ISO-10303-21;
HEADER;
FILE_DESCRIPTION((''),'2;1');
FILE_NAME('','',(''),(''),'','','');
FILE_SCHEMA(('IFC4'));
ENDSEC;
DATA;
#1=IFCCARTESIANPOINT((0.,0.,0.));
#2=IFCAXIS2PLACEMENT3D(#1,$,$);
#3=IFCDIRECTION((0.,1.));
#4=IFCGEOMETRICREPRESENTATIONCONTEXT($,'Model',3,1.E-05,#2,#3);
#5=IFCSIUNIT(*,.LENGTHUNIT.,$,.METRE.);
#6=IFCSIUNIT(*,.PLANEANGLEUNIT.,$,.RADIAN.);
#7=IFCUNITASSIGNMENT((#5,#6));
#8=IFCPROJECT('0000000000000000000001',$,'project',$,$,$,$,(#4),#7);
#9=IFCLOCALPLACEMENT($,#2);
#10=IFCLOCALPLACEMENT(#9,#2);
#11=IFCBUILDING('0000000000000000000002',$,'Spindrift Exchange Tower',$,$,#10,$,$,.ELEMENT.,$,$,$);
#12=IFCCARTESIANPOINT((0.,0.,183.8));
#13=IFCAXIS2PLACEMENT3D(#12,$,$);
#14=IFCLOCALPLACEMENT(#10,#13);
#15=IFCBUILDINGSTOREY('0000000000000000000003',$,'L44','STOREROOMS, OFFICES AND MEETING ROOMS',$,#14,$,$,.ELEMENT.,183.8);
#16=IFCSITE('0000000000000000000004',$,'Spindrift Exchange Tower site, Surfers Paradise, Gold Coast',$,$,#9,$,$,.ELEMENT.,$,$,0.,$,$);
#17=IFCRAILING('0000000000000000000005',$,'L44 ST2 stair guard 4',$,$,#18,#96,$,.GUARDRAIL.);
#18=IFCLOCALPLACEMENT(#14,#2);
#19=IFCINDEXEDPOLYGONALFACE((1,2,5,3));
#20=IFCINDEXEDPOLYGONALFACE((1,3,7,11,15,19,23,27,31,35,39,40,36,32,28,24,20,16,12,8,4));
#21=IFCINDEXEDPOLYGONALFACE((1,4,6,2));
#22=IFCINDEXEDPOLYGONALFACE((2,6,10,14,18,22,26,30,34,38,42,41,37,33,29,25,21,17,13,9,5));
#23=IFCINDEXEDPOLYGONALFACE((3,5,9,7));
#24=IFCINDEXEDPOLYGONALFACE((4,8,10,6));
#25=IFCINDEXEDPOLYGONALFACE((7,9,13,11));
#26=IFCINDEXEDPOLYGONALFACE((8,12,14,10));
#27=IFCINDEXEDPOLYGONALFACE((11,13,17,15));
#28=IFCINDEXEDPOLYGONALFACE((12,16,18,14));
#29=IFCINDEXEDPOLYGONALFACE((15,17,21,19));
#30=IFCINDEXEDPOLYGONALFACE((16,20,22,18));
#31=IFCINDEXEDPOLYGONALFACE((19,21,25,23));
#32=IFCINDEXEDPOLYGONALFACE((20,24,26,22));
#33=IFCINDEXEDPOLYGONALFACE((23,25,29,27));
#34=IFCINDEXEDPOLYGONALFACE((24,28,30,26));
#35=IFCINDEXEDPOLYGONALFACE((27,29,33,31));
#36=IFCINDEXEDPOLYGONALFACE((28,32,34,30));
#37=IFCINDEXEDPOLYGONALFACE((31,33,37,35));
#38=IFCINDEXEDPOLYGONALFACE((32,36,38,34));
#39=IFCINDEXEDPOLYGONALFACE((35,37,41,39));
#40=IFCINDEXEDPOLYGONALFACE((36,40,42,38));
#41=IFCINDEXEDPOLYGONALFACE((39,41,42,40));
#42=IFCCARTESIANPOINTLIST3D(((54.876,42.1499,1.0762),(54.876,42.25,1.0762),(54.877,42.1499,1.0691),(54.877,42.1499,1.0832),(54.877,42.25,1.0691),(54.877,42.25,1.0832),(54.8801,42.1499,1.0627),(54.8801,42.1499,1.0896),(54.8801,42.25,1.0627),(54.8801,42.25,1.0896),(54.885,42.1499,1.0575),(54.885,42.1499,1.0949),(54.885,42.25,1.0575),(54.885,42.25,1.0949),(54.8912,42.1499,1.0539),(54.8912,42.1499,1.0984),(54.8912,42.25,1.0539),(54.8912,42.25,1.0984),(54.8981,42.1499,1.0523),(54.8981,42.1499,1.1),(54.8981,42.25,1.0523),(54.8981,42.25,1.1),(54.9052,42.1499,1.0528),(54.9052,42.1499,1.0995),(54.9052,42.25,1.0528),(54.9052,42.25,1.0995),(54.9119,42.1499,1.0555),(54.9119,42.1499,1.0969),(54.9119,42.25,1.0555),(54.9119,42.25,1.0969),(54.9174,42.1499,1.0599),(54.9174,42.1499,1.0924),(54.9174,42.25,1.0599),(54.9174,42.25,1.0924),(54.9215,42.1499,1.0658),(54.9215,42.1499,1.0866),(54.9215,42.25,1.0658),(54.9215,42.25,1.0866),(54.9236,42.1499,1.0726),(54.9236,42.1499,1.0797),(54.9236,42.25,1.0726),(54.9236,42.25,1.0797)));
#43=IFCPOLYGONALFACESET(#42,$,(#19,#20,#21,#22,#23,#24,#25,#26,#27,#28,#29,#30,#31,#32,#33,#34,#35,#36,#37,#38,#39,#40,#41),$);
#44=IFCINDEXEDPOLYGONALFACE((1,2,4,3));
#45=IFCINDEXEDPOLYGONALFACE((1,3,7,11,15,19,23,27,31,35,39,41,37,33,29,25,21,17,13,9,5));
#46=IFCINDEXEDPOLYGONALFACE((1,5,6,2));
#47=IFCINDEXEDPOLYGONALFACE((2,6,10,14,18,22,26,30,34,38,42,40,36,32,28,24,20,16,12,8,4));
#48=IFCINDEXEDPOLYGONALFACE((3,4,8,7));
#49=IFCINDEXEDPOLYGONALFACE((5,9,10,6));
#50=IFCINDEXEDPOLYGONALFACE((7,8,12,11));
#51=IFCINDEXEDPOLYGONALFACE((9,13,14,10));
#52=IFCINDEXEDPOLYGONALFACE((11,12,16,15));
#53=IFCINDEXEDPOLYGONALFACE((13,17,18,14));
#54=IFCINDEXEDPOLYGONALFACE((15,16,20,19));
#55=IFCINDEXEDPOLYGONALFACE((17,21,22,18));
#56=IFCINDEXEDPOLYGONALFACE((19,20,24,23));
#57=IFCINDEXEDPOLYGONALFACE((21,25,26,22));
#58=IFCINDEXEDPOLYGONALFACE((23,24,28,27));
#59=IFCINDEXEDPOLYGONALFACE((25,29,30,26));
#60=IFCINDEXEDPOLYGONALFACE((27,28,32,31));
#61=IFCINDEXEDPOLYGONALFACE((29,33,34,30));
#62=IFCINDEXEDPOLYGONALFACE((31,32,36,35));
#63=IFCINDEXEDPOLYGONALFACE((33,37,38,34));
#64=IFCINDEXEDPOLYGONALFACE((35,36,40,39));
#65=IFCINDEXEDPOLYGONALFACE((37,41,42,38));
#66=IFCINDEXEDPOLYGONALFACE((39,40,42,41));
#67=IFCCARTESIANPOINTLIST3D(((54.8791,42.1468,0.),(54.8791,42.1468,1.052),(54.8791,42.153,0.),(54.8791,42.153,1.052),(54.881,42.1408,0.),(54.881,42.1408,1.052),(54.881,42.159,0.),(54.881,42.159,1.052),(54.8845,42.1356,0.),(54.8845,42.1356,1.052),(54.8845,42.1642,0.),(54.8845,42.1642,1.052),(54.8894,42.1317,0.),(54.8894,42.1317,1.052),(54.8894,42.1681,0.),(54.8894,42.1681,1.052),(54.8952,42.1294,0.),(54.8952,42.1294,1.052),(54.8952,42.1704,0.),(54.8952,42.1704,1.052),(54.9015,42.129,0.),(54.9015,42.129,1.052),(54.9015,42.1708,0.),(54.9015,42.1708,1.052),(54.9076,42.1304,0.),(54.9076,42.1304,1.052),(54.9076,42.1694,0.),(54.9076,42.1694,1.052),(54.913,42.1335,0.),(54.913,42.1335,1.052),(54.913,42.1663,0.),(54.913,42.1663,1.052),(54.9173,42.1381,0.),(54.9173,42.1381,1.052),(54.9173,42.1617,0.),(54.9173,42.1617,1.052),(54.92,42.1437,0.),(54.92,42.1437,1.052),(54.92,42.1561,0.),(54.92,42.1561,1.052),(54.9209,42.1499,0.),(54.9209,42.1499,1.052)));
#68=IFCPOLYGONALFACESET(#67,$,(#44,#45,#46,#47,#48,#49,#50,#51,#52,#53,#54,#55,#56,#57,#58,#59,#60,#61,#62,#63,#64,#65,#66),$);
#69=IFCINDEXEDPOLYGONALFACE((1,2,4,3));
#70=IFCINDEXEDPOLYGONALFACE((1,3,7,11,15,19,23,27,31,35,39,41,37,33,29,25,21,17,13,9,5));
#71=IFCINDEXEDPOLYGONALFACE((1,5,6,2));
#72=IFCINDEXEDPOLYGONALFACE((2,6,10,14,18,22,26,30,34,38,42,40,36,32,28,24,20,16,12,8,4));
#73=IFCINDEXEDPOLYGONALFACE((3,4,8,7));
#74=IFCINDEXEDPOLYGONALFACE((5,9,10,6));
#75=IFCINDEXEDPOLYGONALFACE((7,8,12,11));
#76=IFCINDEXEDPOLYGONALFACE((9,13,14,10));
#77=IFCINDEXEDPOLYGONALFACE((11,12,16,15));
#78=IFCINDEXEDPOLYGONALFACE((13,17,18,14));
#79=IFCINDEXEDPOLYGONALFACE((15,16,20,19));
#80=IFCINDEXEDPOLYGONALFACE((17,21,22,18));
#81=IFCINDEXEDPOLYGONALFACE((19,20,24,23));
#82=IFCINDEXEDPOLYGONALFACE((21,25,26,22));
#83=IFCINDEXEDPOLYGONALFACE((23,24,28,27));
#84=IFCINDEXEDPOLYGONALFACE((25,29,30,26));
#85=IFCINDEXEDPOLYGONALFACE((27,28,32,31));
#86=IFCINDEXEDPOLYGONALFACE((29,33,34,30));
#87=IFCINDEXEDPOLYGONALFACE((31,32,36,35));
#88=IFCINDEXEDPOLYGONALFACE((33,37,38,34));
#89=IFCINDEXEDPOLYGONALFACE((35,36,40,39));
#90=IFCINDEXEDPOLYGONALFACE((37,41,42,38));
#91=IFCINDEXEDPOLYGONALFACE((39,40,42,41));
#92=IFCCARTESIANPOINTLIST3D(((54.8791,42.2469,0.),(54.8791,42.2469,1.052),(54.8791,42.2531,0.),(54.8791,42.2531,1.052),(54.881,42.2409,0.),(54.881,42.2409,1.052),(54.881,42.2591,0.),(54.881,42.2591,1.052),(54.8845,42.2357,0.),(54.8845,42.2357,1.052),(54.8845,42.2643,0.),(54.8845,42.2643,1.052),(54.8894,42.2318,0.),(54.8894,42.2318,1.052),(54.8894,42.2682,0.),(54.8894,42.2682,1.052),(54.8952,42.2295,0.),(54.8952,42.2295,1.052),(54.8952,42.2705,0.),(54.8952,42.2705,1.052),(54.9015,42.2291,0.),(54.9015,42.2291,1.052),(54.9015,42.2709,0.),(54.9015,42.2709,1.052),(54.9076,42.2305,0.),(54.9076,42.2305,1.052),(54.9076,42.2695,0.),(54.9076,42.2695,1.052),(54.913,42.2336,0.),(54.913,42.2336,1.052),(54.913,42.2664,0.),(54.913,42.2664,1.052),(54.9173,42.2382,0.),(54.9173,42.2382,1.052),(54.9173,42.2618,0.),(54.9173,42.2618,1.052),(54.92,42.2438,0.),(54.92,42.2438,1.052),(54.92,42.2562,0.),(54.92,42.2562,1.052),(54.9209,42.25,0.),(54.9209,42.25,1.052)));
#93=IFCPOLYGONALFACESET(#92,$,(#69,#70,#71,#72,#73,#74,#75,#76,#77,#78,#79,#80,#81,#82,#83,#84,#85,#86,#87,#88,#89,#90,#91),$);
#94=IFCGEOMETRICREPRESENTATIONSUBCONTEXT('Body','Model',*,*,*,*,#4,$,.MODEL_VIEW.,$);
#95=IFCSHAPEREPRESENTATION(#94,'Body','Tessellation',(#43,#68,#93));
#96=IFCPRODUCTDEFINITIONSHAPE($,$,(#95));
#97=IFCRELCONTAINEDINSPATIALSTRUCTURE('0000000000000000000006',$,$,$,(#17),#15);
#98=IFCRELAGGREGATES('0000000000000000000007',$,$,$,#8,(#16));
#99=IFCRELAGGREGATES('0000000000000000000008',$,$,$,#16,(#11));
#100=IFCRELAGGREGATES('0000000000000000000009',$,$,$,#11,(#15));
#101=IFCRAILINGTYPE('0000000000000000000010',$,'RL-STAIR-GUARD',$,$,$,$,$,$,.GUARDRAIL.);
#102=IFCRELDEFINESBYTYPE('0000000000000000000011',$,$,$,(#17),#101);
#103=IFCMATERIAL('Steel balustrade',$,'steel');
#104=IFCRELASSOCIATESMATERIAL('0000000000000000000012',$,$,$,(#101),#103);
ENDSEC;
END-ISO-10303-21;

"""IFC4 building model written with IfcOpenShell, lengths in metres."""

from ifc_helpers import new_model, si_unit, direction, frame, origin, origin_2d, place, context, subcontext, project, spatial, circle, extrude, material, type_object, element, save


model = new_model("IFC4")

# Units and contexts
model_context = context("Model", 3, precision=1e-05, world=origin(), true_north=direction((0.0, 1.0)))
body_context = subcontext(model_context, "Body", "Model", "MODEL_VIEW")
ifc_project = project(units=[si_unit("LENGTHUNIT", "METRE"), si_unit("PLANEANGLEUNIT", "RADIAN")], contexts=[model_context])

# Site, building, storey
site_placement = place(None, origin())
site = spatial("IfcSite", under=ifc_project, at=site_placement, Name="Spindrift Exchange Tower site, Surfers Paradise, Gold Coast", CompositionType="ELEMENT", RefElevation=0.0)
building_placement = place(site_placement, origin())
building = spatial("IfcBuilding", under=site, at=building_placement, Name="Spindrift Exchange Tower", CompositionType="ELEMENT")
storey_placement = place(building_placement, frame((0.0, 0.0, 183.8)))
storey = spatial("IfcBuildingStorey", under=building, at=storey_placement, Name="L44", Description="STOREROOMS, OFFICES AND MEETING ROOMS", CompositionType="ELEMENT", Elevation=183.8)

# Railing
ifc_material_1 = material(Name="Steel balustrade", Category="steel")
railing_type_1 = type_object("IfcRailingType", Name="RL-STAIR-GUARD", PredefinedType="GUARDRAIL", material=ifc_material_1)
railing_1_placement = place(storey_placement, frame((54.8999, 42.1499, 0.0)))
element("IfcRailing", 1, at=railing_1_placement, inside=storey, type_object=railing_type_1, Name="L44 ST2 stair guard 4", PredefinedType="GUARDRAIL", context=body_context, shape_type="SweptSolid", body=[
    extrude(circle(Radius=0.0239, at=origin_2d()), frame((0.0, 0.0, 1.0762), z_axis=(0.0, 1.0, 0.0), x_axis=(-1.0, 0.0, 0.0)), (0.0, 0.0, 1.0), 0.1001),
    extrude(circle(Radius=0.021, at=origin_2d()), origin(), (0.0, 0.0, 1.0), 1.052),
    extrude(circle(Radius=0.021, at=origin_2d()), frame((0.0, 0.1001, 0.0)), (0.0, 0.0, 1.0), 1.052),
])

save(model, "model.ifc")
